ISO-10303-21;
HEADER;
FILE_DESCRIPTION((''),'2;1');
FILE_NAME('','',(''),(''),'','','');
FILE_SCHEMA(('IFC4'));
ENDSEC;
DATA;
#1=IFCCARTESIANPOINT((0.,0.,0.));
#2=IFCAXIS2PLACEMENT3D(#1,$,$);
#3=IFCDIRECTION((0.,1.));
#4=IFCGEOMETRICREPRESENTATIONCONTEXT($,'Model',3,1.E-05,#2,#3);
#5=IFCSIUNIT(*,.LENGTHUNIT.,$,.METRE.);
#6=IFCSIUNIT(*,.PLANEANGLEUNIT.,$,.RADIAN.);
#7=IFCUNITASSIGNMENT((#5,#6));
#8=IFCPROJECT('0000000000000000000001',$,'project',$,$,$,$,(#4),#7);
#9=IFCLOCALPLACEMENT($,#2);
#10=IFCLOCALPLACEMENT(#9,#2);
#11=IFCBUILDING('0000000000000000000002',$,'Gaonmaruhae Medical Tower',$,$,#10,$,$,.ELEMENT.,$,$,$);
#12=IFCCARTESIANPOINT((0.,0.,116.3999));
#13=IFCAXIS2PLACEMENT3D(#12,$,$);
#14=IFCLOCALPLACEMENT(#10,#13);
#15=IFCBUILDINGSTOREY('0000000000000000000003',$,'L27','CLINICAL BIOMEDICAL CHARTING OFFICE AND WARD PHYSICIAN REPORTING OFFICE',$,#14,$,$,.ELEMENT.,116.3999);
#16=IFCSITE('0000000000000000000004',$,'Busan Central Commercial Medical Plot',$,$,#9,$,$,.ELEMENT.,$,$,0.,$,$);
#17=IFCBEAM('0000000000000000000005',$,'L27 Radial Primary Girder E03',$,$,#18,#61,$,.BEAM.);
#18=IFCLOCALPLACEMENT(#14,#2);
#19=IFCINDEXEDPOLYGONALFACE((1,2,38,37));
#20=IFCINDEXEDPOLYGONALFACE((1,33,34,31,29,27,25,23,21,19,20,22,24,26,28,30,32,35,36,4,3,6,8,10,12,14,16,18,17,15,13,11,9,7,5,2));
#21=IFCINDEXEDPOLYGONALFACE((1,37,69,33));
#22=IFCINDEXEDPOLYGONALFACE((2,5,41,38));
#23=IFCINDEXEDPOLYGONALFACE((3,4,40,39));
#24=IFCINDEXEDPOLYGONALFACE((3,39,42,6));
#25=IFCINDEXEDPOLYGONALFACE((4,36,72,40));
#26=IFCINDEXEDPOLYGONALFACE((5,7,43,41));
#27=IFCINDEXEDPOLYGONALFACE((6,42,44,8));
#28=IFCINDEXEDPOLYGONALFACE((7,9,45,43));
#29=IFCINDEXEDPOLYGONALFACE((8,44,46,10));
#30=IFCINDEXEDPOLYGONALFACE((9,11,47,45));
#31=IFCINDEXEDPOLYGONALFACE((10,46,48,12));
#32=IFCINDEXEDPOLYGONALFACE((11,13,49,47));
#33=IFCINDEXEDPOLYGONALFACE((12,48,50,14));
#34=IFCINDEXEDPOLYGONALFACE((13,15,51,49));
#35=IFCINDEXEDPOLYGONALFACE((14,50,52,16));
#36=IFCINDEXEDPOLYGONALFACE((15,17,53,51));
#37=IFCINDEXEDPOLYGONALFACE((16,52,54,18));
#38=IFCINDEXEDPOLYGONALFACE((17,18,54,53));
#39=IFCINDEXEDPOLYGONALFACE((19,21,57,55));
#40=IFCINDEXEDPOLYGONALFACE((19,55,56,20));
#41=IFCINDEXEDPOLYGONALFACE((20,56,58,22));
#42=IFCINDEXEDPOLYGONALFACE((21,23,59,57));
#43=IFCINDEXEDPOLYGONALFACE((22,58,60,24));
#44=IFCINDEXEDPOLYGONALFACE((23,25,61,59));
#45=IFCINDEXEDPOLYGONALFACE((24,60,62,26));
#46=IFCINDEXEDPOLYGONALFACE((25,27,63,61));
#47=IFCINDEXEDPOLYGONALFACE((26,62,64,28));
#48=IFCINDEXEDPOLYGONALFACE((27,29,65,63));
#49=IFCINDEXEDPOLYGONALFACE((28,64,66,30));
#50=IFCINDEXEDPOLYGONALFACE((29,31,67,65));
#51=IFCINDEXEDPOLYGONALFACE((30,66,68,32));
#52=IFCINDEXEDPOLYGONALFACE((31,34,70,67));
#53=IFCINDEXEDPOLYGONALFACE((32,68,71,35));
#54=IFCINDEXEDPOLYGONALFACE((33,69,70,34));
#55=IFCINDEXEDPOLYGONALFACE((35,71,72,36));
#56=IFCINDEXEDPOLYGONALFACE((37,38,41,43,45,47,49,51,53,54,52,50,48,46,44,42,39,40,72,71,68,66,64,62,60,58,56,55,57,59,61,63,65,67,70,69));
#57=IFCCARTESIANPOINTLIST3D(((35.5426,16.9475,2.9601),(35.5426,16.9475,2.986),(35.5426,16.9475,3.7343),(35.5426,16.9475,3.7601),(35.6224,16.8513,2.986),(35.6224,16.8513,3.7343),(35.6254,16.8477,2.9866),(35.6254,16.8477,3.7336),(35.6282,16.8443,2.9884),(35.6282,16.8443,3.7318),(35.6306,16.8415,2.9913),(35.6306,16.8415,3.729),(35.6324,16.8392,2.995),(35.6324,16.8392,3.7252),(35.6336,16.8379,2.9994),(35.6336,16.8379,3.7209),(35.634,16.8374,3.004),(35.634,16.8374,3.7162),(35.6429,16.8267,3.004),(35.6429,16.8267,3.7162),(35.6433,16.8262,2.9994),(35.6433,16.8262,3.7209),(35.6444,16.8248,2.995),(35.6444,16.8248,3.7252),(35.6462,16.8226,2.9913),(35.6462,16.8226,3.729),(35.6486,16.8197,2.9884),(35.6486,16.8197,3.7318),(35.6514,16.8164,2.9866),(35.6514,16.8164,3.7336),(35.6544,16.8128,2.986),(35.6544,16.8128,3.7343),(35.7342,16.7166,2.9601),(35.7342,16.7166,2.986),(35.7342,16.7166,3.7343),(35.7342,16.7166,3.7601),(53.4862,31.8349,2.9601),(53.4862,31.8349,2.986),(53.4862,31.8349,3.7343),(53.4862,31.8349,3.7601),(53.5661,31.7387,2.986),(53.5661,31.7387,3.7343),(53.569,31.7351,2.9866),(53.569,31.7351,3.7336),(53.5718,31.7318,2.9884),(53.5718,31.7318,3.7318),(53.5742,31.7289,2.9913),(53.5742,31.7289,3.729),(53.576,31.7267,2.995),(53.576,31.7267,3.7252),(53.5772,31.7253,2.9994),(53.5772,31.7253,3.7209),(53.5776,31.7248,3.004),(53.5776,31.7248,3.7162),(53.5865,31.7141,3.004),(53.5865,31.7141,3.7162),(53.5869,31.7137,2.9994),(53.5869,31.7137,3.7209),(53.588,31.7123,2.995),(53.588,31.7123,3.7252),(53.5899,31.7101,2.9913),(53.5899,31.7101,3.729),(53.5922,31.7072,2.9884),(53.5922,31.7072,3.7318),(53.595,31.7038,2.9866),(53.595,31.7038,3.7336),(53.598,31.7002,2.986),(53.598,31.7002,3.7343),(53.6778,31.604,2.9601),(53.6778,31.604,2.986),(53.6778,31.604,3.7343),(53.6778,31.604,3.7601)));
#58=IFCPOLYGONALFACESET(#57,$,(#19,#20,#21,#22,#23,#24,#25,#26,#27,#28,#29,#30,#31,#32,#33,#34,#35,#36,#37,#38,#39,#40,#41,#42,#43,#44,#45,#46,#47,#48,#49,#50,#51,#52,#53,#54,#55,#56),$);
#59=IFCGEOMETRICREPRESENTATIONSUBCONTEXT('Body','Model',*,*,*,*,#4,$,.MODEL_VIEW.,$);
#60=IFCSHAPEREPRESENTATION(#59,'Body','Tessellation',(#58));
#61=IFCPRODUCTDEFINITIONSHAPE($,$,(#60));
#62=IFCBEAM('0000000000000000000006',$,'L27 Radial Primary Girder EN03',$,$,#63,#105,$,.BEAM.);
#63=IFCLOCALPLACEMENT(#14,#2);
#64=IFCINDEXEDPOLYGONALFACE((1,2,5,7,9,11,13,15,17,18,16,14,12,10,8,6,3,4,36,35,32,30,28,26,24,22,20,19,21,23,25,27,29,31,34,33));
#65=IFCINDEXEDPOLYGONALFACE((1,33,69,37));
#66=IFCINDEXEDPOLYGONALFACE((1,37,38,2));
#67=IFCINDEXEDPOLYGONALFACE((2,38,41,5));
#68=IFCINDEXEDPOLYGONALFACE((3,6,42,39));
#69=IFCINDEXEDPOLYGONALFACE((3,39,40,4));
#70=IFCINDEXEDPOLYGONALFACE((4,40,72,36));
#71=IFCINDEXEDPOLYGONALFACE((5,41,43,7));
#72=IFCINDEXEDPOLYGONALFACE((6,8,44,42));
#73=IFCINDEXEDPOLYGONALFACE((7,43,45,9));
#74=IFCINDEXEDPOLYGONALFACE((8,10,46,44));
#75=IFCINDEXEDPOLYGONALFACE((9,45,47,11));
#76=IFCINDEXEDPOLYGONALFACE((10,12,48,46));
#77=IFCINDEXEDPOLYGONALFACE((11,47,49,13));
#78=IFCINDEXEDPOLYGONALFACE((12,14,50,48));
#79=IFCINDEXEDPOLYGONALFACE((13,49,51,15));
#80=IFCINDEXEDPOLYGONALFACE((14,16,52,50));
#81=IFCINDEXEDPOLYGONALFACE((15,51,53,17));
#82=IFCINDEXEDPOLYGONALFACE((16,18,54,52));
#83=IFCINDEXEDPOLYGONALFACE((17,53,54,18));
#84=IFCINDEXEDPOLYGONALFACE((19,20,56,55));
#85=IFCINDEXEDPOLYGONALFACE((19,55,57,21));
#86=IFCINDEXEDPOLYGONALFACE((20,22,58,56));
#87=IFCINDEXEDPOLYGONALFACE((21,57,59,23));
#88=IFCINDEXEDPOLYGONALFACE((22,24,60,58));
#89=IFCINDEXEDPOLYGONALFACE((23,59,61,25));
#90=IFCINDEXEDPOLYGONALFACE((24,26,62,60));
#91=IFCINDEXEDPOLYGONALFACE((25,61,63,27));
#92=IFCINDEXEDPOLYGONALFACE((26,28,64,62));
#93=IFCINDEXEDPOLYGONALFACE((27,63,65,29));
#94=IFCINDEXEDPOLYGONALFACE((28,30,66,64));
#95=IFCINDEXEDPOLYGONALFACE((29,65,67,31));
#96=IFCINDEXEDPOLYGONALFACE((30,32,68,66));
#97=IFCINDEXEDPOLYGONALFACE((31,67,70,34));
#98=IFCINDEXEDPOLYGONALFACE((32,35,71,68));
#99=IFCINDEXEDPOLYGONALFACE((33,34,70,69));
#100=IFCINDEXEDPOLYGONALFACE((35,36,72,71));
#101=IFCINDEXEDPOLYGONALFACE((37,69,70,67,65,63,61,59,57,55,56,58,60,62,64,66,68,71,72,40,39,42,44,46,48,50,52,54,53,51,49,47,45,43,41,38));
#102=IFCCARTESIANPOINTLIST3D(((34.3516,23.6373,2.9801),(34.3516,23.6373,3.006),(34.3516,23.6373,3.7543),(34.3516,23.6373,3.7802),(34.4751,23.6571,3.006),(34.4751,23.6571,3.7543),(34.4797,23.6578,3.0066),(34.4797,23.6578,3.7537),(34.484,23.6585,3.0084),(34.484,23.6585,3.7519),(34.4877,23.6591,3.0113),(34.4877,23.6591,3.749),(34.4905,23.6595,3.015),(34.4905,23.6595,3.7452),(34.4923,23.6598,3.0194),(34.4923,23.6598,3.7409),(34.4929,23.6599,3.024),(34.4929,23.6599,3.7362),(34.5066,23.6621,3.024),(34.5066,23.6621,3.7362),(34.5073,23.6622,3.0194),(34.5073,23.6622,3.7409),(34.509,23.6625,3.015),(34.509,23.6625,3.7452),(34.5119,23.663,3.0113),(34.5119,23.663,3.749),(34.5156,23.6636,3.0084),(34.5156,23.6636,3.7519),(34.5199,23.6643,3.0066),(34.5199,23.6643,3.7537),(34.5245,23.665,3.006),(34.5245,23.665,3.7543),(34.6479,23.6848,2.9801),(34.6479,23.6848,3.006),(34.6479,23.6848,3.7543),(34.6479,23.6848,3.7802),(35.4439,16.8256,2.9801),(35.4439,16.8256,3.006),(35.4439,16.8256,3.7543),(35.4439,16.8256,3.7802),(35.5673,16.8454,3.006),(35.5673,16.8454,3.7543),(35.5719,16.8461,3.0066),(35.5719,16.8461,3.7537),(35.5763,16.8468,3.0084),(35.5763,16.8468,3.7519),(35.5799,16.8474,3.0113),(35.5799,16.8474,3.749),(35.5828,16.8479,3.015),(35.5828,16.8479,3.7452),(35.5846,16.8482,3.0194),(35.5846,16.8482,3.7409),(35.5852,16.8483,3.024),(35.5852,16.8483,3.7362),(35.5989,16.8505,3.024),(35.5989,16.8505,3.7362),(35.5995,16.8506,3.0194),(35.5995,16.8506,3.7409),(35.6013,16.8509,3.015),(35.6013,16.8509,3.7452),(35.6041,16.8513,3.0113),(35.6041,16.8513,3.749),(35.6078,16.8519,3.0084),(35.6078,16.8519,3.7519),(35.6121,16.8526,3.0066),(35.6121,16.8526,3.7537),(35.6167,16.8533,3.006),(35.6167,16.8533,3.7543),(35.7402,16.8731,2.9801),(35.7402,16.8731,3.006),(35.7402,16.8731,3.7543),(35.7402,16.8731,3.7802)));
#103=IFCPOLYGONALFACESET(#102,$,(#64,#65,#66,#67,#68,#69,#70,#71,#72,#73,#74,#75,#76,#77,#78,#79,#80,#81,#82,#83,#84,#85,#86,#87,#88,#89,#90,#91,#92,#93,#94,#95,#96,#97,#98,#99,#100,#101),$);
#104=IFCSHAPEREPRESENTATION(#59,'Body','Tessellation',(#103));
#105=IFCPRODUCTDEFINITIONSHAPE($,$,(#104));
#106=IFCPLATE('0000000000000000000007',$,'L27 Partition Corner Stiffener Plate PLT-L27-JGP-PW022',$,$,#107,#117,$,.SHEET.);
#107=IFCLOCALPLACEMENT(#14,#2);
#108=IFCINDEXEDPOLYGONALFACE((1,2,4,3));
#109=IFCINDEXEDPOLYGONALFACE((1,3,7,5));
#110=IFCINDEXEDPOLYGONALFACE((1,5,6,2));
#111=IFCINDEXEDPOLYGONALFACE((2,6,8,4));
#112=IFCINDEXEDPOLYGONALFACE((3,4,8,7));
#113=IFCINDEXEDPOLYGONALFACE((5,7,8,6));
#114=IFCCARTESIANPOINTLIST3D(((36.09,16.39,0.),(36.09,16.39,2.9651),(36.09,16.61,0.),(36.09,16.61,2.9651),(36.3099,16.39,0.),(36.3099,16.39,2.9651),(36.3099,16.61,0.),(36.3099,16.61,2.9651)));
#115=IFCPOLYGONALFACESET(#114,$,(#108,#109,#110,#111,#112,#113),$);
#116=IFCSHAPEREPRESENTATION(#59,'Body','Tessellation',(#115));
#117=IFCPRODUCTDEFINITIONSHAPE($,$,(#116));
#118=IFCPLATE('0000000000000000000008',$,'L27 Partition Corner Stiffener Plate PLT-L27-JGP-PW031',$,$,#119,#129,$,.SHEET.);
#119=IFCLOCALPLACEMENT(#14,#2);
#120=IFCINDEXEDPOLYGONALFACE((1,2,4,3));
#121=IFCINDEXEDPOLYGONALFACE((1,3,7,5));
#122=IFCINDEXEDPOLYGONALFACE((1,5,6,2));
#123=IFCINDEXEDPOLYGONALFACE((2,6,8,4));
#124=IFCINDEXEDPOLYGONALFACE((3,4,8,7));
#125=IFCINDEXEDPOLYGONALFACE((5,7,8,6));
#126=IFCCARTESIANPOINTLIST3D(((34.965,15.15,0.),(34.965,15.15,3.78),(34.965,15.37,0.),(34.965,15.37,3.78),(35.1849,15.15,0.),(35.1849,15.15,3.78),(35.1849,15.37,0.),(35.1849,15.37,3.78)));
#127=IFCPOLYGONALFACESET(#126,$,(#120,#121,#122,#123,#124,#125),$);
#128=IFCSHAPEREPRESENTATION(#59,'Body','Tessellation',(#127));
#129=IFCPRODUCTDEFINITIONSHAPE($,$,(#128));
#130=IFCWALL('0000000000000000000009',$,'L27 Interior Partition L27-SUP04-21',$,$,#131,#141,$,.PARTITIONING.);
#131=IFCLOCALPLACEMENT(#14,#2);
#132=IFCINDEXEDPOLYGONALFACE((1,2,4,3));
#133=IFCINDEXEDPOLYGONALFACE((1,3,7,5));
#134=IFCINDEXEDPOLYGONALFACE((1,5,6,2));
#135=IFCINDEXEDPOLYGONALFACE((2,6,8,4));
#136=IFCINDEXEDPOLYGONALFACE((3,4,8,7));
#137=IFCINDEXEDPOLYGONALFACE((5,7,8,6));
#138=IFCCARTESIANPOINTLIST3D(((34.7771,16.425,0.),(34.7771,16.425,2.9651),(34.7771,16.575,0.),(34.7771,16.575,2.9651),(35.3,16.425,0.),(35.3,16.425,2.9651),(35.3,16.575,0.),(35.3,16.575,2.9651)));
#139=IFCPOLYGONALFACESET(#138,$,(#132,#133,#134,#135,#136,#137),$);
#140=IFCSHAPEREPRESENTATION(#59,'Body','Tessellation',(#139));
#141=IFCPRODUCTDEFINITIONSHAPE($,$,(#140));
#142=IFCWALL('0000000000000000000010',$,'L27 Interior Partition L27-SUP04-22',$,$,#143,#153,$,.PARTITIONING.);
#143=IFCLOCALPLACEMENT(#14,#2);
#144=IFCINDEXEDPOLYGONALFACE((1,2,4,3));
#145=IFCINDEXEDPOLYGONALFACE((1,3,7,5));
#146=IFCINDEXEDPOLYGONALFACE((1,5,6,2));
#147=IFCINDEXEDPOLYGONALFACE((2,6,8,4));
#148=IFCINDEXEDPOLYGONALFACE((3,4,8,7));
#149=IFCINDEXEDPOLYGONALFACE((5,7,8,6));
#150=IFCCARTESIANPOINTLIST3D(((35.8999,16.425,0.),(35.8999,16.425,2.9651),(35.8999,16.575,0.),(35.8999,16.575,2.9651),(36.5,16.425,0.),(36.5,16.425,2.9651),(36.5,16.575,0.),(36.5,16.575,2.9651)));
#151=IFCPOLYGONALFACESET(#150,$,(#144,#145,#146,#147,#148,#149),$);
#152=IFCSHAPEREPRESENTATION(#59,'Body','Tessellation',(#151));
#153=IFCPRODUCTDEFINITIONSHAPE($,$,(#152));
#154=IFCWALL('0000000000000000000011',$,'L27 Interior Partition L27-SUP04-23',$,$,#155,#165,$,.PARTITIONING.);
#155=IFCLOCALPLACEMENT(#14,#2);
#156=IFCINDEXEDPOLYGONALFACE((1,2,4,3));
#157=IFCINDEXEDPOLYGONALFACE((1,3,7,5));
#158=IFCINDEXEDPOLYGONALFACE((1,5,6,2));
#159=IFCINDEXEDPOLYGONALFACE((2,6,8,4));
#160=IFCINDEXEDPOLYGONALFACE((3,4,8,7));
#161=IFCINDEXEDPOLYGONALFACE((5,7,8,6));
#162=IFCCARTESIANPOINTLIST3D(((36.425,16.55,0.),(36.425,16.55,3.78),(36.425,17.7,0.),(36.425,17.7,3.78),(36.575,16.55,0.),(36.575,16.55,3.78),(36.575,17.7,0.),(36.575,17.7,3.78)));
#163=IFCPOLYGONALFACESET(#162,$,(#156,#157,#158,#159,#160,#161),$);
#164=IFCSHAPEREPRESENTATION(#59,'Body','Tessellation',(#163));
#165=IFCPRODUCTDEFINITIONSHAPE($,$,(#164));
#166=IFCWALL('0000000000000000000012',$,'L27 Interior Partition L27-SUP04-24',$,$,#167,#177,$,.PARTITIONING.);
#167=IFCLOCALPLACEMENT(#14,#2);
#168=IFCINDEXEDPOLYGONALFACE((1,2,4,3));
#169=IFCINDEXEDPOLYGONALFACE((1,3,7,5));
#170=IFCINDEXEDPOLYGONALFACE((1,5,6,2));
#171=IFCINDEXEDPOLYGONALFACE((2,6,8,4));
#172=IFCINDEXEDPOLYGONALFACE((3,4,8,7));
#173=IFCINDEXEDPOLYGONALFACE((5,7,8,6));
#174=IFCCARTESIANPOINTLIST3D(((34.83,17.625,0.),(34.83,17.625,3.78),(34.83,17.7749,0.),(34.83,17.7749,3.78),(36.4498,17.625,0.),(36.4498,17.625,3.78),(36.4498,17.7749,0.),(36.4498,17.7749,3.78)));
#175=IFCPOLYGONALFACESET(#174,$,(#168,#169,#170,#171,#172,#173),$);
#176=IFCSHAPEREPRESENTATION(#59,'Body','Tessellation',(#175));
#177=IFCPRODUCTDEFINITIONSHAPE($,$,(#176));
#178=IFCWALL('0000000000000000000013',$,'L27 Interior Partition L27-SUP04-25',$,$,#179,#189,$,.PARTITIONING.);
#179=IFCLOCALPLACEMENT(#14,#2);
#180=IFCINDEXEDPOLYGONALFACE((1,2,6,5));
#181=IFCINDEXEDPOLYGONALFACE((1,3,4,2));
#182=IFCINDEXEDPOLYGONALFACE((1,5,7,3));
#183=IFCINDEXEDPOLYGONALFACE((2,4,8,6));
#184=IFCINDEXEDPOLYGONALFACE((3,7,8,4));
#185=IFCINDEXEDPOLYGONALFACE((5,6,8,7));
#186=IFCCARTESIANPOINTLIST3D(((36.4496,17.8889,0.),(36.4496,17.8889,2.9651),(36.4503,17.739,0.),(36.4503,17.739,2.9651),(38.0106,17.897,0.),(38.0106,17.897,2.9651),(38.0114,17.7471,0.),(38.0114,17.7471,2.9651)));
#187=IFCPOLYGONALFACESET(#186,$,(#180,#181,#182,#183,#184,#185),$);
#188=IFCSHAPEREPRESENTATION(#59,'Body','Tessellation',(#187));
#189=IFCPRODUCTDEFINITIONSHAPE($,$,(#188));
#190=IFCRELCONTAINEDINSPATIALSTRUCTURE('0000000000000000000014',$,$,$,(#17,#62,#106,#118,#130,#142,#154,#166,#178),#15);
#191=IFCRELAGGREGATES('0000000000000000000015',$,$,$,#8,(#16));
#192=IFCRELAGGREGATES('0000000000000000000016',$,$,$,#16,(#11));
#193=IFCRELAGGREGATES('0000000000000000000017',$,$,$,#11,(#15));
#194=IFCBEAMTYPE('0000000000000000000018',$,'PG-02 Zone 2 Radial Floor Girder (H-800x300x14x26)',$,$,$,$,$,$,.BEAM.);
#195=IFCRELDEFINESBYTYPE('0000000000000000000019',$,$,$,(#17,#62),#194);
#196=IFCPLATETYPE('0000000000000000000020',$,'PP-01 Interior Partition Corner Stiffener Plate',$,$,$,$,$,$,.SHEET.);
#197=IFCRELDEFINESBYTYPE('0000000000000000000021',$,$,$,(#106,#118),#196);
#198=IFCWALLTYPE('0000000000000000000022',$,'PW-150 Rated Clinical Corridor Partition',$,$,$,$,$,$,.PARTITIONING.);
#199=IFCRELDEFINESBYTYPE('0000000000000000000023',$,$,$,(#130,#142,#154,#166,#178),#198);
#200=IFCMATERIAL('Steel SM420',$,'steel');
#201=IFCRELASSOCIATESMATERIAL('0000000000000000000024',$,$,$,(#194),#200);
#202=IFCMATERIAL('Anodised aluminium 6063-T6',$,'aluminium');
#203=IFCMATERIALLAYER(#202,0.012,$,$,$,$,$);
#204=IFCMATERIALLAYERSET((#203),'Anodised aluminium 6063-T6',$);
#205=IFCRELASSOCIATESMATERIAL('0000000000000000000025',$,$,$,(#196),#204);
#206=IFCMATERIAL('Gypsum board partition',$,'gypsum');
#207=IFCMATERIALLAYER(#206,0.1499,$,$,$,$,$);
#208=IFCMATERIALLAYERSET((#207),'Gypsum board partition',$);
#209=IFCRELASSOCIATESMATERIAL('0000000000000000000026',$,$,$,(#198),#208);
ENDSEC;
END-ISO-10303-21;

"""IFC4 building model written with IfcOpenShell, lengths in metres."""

from ifc_helpers import new_model, si_unit, direction, frame, frame_2d, origin, origin_2d, place, context, subcontext, project, spatial, rectangle, i_section, extrude, material, layer, layer_set, material_profile, profile_set, type_object, element, save


model = new_model("IFC4")

# Units and contexts
model_context = context("Model", 3, precision=1e-05, world=origin(), true_north=direction((0.0, 1.0)))
body_context = subcontext(model_context, "Body", "Model", "MODEL_VIEW")
ifc_project = project(units=[si_unit("LENGTHUNIT", "METRE"), si_unit("PLANEANGLEUNIT", "RADIAN")], contexts=[model_context])

# Site, building, storey
site_placement = place(None, origin())
site = spatial("IfcSite", under=ifc_project, at=site_placement, Name="Busan Central Commercial Medical Plot", CompositionType="ELEMENT", RefElevation=0.0)
building_placement = place(site_placement, origin())
building = spatial("IfcBuilding", under=site, at=building_placement, Name="Gaonmaruhae Medical Tower", CompositionType="ELEMENT")
storey_placement = place(building_placement, frame((0.0, 0.0, 116.3999)))
storey = spatial("IfcBuildingStorey", under=building, at=storey_placement, Name="L27", Description="CLINICAL BIOMEDICAL CHARTING OFFICE AND WARD PHYSICIAN REPORTING OFFICE", CompositionType="ELEMENT", Elevation=116.3999)

# Beams
ifc_material_1 = material(Name="Steel SM420", Category="steel")
ifc_material_profile_1 = material_profile(ifc_material_1, i_section(OverallWidth=0.3, OverallDepth=0.8, WebThickness=0.0139, FlangeThickness=0.0259, FilletRadius=0.0181, at=origin_2d()), Name="H-800x300x14x26")
ifc_profile_set_1 = profile_set([ifc_material_profile_1], Name="Steel SM420")
beam_type_1 = type_object("IfcBeamType", Name="PG-02 Zone 2 Radial Floor Girder (H-800x300x14x26)", PredefinedType="BEAM", material=ifc_profile_set_1)
beam_1_placement = place(storey_placement, frame((35.6384, 16.832, 3.3601), z_axis=(0.769602, 0.638524, 0.0), x_axis=(-0.638524, 0.769602, 0.0)))
element("IfcBeam", 1, at=beam_1_placement, inside=storey, type_object=beam_type_1, Name="L27 Radial Primary Girder E03", PredefinedType="BEAM", context=body_context, shape_type="SweptSolid", body=[
    extrude(i_section(OverallWidth=0.3, OverallDepth=0.8, WebThickness=0.0139, FlangeThickness=0.0259, FilletRadius=0.0181, at=origin_2d()), origin(), (0.0, 0.0, 1.0), 23.3154),
])
beam_2_placement = place(storey_placement, frame((35.592, 16.8494, 3.3801), z_axis=(-0.15833, 0.987386, 0.0), x_axis=(-0.987386, -0.15833, 0.0)))
element("IfcBeam", 2, at=beam_2_placement, inside=storey, type_object=beam_type_1, Name="L27 Radial Primary Girder EN03", PredefinedType="BEAM", context=body_context, shape_type="SweptSolid", body=[
    extrude(i_section(OverallWidth=0.3, OverallDepth=0.8, WebThickness=0.0139, FlangeThickness=0.0259, FilletRadius=0.0181, at=origin_2d()), origin(), (0.0, 0.0, 1.0), 6.8987),
])

# Plates
ifc_material_2 = material(Name="Anodised aluminium 6063-T6", Category="aluminium")
ifc_layer_1 = layer(ifc_material_2, 0.012)
ifc_layer_set_1 = layer_set([ifc_layer_1], Name="Anodised aluminium 6063-T6")
plate_type = type_object("IfcPlateType", Name="PP-01 Interior Partition Corner Stiffener Plate", PredefinedType="SHEET", material=ifc_layer_set_1)
plate_1_placement = place(storey_placement, frame((36.2, 16.5, 0.0), z_axis=(0.0, 0.0, 1.0), x_axis=(1.0, 0.0, 0.0)))
element("IfcPlate", 3, at=plate_1_placement, inside=storey, type_object=plate_type, Name="L27 Partition Corner Stiffener Plate PLT-L27-JGP-PW022", PredefinedType="SHEET", context=body_context, shape_type="SweptSolid", body=[
    extrude(rectangle(XDim=0.22, YDim=0.22, at=origin_2d()), origin(), (0.0, 0.0, 1.0), 2.9651),
])
plate_2_placement = place(storey_placement, frame((35.075, 15.26, 0.0), z_axis=(0.0, 0.0, 1.0), x_axis=(-1.0, 0.0, 0.0)))
element("IfcPlate", 4, at=plate_2_placement, inside=storey, type_object=plate_type, Name="L27 Partition Corner Stiffener Plate PLT-L27-JGP-PW031", PredefinedType="SHEET", context=body_context, shape_type="SweptSolid", body=[
    extrude(rectangle(XDim=0.22, YDim=0.22, at=origin_2d()), origin(), (0.0, 0.0, 1.0), 3.78),
])

# Walls
ifc_material_3 = material(Name="Gypsum board partition", Category="gypsum")
ifc_layer_2 = layer(ifc_material_3, 0.1499)
ifc_layer_set_2 = layer_set([ifc_layer_2], Name="Gypsum board partition")
wall_type_1 = type_object("IfcWallType", Name="PW-150 Rated Clinical Corridor Partition", PredefinedType="PARTITIONING", material=ifc_layer_set_2)
wall_1_placement = place(storey_placement, frame((34.7771, 16.5, 0.0), z_axis=(0.0, 0.0, 1.0), x_axis=(1.0, 0.0, 0.0)))
element("IfcWall", 5, at=wall_1_placement, inside=storey, type_object=wall_type_1, Name="L27 Interior Partition L27-SUP04-21", PredefinedType="PARTITIONING", context=body_context, shape_type="SweptSolid", body=[
    extrude(rectangle(XDim=0.5229, YDim=0.1499, at=frame_2d((0.2615, 0.0))), origin(), (0.0, 0.0, 1.0), 2.9651),
])
wall_2_placement = place(storey_placement, frame((35.8999, 16.5, 0.0), z_axis=(0.0, 0.0, 1.0), x_axis=(1.0, 0.0, 0.0)))
element("IfcWall", 6, at=wall_2_placement, inside=storey, type_object=wall_type_1, Name="L27 Interior Partition L27-SUP04-22", PredefinedType="PARTITIONING", context=body_context, shape_type="SweptSolid", body=[
    extrude(rectangle(XDim=0.6001, YDim=0.1499, at=frame_2d((0.3, 0.0))), origin(), (0.0, 0.0, 1.0), 2.9651),
])
wall_3_placement = place(storey_placement, frame((36.5, 16.55, 0.0), z_axis=(0.0, 0.0, 1.0), x_axis=(0.0, 1.0, 0.0)))
element("IfcWall", 7, at=wall_3_placement, inside=storey, type_object=wall_type_1, Name="L27 Interior Partition L27-SUP04-23", PredefinedType="PARTITIONING", context=body_context, shape_type="SweptSolid", body=[
    extrude(rectangle(XDim=1.1499, YDim=0.1499, at=frame_2d((0.575, 0.0))), origin(), (0.0, 0.0, 1.0), 3.78),
])
wall_4_placement = place(storey_placement, frame((36.45, 17.7, 0.0), z_axis=(0.0, 0.0, 1.0), x_axis=(-1.0, 0.0, 0.0)))
element("IfcWall", 8, at=wall_4_placement, inside=storey, type_object=wall_type_1, Name="L27 Interior Partition L27-SUP04-24", PredefinedType="PARTITIONING", context=body_context, shape_type="SweptSolid", body=[
    extrude(rectangle(XDim=1.6199, YDim=0.1499, at=frame_2d((0.8101, 0.0))), origin(), (0.0, 0.0, 1.0), 3.78),
])
wall_5_placement = place(storey_placement, frame((36.45, 17.814, 0.0), z_axis=(0.0, 0.0, 1.0), x_axis=(0.999987, 0.005161, 0.0)))
element("IfcWall", 9, at=wall_5_placement, inside=storey, type_object=wall_type_1, Name="L27 Interior Partition L27-SUP04-25", PredefinedType="PARTITIONING", context=body_context, shape_type="SweptSolid", body=[
    extrude(rectangle(XDim=1.561, YDim=0.1499, at=frame_2d((0.7805, 0.0))), origin(), (0.0, 0.0, 1.0), 2.9651),
])

save(model, "model.ifc")
